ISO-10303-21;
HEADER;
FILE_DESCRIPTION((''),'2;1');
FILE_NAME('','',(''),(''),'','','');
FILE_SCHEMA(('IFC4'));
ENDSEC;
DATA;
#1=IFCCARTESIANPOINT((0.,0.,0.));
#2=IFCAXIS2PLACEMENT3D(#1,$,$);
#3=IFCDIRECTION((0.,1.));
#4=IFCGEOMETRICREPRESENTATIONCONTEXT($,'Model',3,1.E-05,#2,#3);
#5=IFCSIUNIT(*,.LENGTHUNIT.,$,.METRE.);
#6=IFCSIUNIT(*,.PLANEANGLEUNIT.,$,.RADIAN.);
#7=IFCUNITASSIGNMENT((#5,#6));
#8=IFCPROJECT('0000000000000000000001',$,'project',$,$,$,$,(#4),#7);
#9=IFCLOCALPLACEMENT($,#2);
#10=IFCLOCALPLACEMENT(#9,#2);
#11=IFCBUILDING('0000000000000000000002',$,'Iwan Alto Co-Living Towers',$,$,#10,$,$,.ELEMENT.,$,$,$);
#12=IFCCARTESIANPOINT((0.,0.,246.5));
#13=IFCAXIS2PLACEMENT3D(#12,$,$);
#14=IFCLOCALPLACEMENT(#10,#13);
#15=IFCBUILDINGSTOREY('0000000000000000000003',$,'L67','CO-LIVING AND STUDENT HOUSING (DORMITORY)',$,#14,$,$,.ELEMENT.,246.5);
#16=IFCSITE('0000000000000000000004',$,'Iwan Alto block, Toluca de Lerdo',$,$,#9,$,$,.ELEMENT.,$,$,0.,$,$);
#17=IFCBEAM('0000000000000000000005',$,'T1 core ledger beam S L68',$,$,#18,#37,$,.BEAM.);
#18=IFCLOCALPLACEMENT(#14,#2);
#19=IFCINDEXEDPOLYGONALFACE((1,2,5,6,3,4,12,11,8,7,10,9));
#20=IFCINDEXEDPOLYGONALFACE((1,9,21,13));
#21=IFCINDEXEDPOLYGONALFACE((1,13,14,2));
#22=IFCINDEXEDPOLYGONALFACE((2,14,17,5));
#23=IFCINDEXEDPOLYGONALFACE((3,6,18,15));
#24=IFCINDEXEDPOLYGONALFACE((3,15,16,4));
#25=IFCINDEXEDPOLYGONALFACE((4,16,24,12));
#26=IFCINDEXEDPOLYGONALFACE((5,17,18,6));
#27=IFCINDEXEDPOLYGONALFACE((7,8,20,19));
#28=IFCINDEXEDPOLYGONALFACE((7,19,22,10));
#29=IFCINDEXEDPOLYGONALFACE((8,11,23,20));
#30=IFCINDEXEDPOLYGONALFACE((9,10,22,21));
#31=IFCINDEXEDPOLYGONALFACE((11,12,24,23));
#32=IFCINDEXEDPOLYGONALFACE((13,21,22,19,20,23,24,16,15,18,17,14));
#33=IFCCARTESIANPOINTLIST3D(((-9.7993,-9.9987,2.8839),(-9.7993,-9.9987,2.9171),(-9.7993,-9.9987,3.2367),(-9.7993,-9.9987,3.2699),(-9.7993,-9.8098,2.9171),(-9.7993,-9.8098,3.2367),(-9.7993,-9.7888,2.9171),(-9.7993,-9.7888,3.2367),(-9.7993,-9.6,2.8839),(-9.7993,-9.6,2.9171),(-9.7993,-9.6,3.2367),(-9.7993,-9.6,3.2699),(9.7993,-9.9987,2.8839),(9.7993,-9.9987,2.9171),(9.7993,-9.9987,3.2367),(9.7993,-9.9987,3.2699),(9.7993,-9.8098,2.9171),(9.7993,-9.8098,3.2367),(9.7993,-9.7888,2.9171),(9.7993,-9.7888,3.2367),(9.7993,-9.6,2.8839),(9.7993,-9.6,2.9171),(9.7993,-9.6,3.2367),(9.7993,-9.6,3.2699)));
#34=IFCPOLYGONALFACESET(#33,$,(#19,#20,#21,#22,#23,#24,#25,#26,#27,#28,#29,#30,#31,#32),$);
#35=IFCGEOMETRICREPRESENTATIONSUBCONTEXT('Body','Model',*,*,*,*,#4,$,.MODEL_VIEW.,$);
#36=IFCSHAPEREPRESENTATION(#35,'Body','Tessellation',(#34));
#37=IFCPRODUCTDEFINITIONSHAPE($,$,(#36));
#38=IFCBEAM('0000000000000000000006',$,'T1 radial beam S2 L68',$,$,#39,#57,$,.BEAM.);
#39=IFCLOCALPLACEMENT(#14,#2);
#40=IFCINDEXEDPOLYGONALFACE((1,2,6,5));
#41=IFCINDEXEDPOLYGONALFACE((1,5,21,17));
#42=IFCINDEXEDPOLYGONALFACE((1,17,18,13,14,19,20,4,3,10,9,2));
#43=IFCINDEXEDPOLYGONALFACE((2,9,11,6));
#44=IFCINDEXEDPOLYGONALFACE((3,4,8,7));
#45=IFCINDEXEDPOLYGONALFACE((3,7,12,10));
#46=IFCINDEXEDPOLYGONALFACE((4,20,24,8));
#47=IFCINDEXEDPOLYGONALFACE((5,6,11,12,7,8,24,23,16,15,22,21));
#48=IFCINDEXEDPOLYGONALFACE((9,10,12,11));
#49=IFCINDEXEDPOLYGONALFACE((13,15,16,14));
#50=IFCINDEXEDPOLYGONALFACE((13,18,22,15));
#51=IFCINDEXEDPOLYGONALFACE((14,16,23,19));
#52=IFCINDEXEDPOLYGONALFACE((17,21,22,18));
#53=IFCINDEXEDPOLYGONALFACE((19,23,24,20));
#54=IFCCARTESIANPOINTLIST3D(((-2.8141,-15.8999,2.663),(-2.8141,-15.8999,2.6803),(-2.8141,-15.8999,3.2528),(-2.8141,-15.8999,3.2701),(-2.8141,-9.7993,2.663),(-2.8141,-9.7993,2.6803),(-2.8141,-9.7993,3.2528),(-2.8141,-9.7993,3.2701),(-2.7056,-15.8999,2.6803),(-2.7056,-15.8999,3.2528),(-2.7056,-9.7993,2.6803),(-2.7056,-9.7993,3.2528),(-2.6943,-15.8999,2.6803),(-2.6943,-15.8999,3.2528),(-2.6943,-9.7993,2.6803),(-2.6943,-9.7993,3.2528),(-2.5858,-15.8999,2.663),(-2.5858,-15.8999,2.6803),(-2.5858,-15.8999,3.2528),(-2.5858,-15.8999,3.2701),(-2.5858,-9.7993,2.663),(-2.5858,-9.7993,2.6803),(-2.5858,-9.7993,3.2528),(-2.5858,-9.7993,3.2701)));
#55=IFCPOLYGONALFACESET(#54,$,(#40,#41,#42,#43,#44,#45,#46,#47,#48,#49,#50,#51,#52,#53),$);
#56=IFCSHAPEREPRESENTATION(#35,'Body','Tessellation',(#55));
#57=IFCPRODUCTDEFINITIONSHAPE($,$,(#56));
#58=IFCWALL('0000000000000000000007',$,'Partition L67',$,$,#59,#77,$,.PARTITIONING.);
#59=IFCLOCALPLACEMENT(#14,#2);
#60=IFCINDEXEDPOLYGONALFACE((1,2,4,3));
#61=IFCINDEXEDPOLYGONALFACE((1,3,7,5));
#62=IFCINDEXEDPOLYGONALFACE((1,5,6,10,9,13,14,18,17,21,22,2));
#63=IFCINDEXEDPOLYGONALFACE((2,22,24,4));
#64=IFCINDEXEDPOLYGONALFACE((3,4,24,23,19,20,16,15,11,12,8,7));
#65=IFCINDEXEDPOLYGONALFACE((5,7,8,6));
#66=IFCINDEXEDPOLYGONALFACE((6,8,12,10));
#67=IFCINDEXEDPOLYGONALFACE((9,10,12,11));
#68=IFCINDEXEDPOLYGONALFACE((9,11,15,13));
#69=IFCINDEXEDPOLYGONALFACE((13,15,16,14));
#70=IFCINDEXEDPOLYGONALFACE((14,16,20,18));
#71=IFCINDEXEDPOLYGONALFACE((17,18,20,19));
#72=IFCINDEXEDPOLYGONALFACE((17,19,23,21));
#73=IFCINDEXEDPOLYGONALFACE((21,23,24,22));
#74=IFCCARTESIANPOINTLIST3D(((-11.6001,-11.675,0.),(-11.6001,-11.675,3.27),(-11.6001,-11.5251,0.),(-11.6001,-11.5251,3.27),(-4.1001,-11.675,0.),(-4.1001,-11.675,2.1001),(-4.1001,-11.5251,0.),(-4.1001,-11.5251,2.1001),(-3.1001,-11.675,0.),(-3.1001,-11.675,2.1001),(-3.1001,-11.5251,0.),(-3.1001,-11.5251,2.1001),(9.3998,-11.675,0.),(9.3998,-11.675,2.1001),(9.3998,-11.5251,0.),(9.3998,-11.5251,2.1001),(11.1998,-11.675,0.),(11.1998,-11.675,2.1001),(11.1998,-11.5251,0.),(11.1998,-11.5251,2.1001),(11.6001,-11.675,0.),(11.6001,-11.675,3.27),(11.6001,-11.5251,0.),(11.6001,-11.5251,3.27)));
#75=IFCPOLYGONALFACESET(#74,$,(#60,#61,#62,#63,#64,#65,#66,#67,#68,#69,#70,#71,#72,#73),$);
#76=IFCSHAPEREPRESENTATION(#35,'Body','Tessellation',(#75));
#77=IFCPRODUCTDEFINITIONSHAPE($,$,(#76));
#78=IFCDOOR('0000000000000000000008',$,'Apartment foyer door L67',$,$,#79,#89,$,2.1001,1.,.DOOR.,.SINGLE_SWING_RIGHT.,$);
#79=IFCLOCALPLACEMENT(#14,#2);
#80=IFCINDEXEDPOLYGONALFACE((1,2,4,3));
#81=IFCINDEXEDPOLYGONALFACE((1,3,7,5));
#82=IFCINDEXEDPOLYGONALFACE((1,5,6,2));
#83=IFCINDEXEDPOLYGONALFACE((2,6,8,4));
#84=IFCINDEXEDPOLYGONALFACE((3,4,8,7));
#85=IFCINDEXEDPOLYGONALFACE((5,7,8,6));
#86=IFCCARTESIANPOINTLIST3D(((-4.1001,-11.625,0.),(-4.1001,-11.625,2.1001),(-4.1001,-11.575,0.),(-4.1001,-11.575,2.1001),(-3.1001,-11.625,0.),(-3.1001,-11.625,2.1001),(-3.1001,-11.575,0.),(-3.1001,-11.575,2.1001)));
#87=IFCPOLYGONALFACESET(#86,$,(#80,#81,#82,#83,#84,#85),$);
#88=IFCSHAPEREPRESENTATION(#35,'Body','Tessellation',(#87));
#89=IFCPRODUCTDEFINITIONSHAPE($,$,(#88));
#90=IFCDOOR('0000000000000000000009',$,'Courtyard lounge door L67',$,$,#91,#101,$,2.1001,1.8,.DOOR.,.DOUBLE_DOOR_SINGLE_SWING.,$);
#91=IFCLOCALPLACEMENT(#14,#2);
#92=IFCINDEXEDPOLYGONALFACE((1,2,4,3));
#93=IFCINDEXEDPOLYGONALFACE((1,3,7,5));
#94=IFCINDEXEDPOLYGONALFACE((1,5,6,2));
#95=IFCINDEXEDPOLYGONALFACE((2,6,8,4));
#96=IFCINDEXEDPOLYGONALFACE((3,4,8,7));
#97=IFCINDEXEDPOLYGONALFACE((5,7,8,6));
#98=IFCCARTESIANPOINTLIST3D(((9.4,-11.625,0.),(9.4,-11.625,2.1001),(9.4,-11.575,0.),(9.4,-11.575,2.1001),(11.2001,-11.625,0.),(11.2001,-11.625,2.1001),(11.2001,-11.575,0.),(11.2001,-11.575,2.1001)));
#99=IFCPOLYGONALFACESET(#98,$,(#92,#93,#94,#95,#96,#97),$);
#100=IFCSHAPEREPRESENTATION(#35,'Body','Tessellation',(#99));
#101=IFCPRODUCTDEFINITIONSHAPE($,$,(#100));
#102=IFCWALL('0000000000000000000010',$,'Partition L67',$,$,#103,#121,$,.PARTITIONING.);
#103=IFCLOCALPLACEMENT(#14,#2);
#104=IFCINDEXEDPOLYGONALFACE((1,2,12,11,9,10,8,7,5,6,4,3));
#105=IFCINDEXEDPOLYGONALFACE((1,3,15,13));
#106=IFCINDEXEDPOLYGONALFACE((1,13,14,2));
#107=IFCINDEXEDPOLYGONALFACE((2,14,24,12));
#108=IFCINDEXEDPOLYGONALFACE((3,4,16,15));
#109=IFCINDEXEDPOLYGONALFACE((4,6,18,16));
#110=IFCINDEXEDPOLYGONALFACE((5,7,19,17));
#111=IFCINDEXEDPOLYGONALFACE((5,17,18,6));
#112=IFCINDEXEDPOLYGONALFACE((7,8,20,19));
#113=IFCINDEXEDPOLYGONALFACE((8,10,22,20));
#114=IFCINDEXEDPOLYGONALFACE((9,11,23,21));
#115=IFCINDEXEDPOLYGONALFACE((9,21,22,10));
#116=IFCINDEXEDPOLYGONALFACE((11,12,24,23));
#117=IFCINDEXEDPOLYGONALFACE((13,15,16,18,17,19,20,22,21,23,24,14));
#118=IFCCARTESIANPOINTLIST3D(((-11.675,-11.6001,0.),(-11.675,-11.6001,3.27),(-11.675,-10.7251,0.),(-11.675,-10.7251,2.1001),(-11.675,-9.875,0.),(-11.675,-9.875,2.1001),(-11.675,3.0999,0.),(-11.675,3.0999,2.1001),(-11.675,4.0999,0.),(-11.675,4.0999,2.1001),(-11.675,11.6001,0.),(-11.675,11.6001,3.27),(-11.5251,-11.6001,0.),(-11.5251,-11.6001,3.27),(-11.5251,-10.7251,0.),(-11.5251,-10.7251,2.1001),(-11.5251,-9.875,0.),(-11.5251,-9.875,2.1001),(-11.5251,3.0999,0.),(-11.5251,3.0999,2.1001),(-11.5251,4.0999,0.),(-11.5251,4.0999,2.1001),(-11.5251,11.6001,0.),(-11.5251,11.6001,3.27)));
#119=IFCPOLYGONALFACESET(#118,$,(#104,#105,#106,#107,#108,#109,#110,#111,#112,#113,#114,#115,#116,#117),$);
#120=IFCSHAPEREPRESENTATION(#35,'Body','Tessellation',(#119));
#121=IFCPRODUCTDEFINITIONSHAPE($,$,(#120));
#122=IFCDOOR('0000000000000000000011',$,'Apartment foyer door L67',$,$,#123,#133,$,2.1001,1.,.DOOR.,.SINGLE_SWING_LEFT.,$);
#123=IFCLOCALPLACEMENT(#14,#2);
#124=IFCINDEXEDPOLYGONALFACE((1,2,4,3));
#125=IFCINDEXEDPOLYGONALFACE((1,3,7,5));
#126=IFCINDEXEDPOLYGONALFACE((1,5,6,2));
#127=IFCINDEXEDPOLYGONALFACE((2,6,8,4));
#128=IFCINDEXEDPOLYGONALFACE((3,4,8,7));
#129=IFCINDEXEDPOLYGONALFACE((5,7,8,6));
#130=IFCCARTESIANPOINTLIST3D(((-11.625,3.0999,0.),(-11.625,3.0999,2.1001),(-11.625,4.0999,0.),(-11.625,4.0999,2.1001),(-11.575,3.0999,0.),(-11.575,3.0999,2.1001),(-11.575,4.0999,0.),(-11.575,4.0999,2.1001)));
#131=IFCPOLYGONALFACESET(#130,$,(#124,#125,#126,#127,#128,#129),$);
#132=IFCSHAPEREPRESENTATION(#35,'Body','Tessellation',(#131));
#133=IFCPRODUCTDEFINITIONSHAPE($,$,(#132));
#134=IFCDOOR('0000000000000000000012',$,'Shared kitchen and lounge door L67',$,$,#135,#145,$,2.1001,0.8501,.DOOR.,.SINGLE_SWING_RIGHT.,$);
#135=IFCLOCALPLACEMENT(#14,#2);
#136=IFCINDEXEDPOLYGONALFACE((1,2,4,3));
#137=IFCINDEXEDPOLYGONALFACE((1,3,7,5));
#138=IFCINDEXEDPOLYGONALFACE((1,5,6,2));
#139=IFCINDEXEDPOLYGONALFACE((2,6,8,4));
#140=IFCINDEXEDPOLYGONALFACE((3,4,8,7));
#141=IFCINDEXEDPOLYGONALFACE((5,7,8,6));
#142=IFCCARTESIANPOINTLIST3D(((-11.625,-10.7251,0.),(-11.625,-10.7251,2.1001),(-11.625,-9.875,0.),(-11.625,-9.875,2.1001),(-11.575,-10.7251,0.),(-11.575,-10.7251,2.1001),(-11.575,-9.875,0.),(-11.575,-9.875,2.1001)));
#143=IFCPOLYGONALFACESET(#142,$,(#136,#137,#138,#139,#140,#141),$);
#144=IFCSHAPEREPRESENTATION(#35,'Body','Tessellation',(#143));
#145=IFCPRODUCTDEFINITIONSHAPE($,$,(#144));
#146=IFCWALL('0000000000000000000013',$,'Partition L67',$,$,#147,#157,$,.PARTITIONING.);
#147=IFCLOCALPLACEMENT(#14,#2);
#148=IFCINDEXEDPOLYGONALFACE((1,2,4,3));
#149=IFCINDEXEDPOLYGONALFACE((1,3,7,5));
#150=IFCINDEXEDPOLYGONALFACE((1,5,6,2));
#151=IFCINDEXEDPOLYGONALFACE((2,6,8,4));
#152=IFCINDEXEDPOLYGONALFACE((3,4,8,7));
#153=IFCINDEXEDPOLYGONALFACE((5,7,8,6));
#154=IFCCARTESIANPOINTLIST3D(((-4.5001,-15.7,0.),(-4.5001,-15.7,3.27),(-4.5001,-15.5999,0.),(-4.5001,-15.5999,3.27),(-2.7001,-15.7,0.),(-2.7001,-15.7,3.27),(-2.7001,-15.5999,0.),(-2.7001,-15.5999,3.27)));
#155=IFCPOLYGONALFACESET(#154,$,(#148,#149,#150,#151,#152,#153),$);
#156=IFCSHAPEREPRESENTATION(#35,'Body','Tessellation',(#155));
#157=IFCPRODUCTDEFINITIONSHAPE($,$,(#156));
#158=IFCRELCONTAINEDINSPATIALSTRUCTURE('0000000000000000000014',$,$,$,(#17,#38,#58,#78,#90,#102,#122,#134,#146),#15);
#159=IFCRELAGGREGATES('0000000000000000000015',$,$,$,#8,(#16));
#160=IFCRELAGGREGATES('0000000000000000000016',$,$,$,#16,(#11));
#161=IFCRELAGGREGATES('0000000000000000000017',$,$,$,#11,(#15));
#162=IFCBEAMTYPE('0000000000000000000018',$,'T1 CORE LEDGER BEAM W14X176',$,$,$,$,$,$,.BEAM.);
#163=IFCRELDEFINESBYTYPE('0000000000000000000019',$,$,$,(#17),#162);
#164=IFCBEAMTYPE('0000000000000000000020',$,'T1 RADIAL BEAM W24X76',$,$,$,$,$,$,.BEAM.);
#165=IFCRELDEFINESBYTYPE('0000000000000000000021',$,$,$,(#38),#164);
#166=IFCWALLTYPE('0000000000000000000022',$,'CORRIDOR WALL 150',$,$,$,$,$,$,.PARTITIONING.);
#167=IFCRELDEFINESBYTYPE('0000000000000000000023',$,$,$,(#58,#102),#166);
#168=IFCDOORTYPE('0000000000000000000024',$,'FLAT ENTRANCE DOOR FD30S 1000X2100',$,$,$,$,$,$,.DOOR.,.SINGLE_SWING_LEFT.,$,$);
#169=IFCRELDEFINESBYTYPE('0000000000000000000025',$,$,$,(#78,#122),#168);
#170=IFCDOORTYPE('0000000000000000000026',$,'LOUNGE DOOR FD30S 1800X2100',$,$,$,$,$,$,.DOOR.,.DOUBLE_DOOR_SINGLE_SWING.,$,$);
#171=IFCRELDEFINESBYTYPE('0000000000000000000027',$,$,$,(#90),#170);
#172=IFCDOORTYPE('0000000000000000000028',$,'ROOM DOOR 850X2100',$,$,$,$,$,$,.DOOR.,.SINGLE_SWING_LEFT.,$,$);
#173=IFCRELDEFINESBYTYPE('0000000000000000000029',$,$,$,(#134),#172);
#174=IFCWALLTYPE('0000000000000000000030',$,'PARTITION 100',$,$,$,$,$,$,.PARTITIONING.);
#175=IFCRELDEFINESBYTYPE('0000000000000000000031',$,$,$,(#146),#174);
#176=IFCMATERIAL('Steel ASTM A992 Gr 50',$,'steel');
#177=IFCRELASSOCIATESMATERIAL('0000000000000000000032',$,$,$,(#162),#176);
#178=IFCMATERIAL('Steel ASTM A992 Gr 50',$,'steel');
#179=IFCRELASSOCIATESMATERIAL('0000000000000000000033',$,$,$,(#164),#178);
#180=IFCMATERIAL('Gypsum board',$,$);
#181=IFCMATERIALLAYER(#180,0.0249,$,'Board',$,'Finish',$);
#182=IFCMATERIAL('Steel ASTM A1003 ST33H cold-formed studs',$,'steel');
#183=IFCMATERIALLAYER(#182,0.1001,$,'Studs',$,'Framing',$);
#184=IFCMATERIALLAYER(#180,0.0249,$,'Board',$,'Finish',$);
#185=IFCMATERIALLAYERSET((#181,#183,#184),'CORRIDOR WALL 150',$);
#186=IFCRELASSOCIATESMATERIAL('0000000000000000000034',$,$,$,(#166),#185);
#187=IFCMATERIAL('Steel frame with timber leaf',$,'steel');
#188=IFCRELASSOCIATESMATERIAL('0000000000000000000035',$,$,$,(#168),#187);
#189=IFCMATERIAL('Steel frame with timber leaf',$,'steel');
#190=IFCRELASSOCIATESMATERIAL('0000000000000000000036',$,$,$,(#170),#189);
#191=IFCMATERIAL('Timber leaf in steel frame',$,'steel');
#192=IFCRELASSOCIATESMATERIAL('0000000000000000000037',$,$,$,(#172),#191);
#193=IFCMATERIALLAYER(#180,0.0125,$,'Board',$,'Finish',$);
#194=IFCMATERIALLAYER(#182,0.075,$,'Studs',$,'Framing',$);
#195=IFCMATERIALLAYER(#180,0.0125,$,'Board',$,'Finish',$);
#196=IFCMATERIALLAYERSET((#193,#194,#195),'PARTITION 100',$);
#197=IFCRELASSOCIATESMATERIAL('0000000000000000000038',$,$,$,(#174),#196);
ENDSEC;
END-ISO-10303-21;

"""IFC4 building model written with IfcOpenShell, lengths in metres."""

from ifc_helpers import new_model, si_unit, direction, frame, frame_2d, origin, origin_2d, place, context, subcontext, project, spatial, rectangle, i_section, extrude, material, layer, layer_set, material_profile, profile_set, type_object, element, fill, save


model = new_model("IFC4")

# Units and contexts
model_context = context("Model", 3, precision=1e-05, world=origin(), true_north=direction((0.0, 1.0)))
body_context = subcontext(model_context, "Body", "Model", "MODEL_VIEW")
ifc_project = project(units=[si_unit("LENGTHUNIT", "METRE"), si_unit("PLANEANGLEUNIT", "RADIAN")], contexts=[model_context])

# Site, building, storey
site_placement = place(None, origin())
site = spatial("IfcSite", under=ifc_project, at=site_placement, Name="Iwan Alto block, Toluca de Lerdo", CompositionType="ELEMENT", RefElevation=0.0)
building_placement = place(site_placement, origin())
building = spatial("IfcBuilding", under=site, at=building_placement, Name="Iwan Alto Co-Living Towers", CompositionType="ELEMENT")
storey_placement = place(building_placement, frame((0.0, 0.0, 246.5)))
storey = spatial("IfcBuildingStorey", under=building, at=storey_placement, Name="L67", Description="CO-LIVING AND STUDENT HOUSING (DORMITORY)", CompositionType="ELEMENT", Elevation=246.5)

# Beams
ifc_material_1 = material(Name="Steel ASTM A992 Gr 50", Category="steel")
ifc_material_profile_1 = material_profile(ifc_material_1, i_section(OverallWidth=0.3987, OverallDepth=0.386, WebThickness=0.021, FlangeThickness=0.0332, at=origin_2d()), Name="W14X176")
ifc_profile_set_1 = profile_set([ifc_material_profile_1], Name="Steel ASTM A992 Gr 50")
beam_type_1 = type_object("IfcBeamType", Name="T1 CORE LEDGER BEAM W14X176", PredefinedType="BEAM", material=ifc_profile_set_1)
beam_1_placement = place(storey_placement, frame((-9.7993, -9.7993, 3.0769), z_axis=(1.0, 0.0, 0.0), x_axis=(0.0, 1.0, 0.0)))
element("IfcBeam", 1, at=beam_1_placement, inside=storey, type_object=beam_type_1, Name="T1 core ledger beam S L68", PredefinedType="BEAM", context=body_context, shape_type="SweptSolid", body=[
    extrude(i_section(OverallWidth=0.3987, OverallDepth=0.386, WebThickness=0.021, FlangeThickness=0.0332, at=origin_2d()), origin(), (0.0, 0.0, 1.0), 19.5986),
])
ifc_material_2 = material(Name="Steel ASTM A992 Gr 50", Category="steel")
ifc_material_profile_2 = material_profile(ifc_material_2, i_section(OverallWidth=0.2283, OverallDepth=0.6072, WebThickness=0.0112, FlangeThickness=0.0173, at=origin_2d()), Name="W24X76")
ifc_profile_set_2 = profile_set([ifc_material_profile_2], Name="Steel ASTM A992 Gr 50")
beam_type_2 = type_object("IfcBeamType", Name="T1 RADIAL BEAM W24X76", PredefinedType="BEAM", material=ifc_profile_set_2)
beam_2_placement = place(storey_placement, frame((-2.7, -15.8999, 2.9666), z_axis=(0.0, 1.0, 0.0), x_axis=(-1.0, 0.0, 0.0)))
element("IfcBeam", 2, at=beam_2_placement, inside=storey, type_object=beam_type_2, Name="T1 radial beam S2 L68", PredefinedType="BEAM", context=body_context, shape_type="SweptSolid", body=[
    extrude(i_section(OverallWidth=0.2283, OverallDepth=0.6072, WebThickness=0.0112, FlangeThickness=0.0173, at=origin_2d()), origin(), (0.0, 0.0, 1.0), 6.1006),
])

# Walls, openings, doors
ifc_material_3 = material(Name="Gypsum board")
ifc_layer_1 = layer(ifc_material_3, 0.0249, Name="Board", Category="Finish")
ifc_material_4 = material(Name="Steel ASTM A1003 ST33H cold-formed studs", Category="steel")
ifc_layer_2 = layer(ifc_material_4, 0.1001, Name="Studs", Category="Framing")
ifc_layer_3 = layer(ifc_material_3, 0.0249, Name="Board", Category="Finish")
ifc_layer_set_1 = layer_set([ifc_layer_1, ifc_layer_2, ifc_layer_3], Name="CORRIDOR WALL 150")
wall_type_1 = type_object("IfcWallType", Name="CORRIDOR WALL 150", PredefinedType="PARTITIONING", material=ifc_layer_set_1)
wall_1_placement = place(storey_placement, frame((-11.6001, -11.6001, 0.0), z_axis=(0.0, 0.0, 1.0), x_axis=(1.0, 0.0, 0.0)))
wall_1 = element("IfcWall", 3, at=wall_1_placement, inside=storey, type_object=wall_type_1, Name="Partition L67", PredefinedType="PARTITIONING", context=body_context, shape_type="SweptSolid", body=[
    extrude(rectangle(XDim=23.2002, YDim=0.1499, at=frame_2d((11.6001, 0.0))), origin(), (0.0, 0.0, 1.0), 3.27),
])
opening_1_placement = place(wall_1_placement, frame((7.5, 0.0, 0.0)))
opening_1 = element("IfcOpeningElement", 4, at=opening_1_placement, cuts=wall_1, PredefinedType="OPENING", context=body_context, shape_type="SweptSolid", body=[
    extrude(rectangle(XDim=1.0, YDim=2.1001, at=frame_2d((0.5, 1.05))), frame((0.0, 0.085, 0.0), z_axis=(0.0, -1.0, 0.0), x_axis=(1.0, 0.0, 0.0)), (0.0, 0.0, 1.0), 0.1699),
])
opening_2_placement = place(wall_1_placement, frame((21.0, 0.0, 0.0)))
opening_2 = element("IfcOpeningElement", 5, at=opening_2_placement, cuts=wall_1, PredefinedType="OPENING", context=body_context, shape_type="SweptSolid", body=[
    extrude(rectangle(XDim=1.8, YDim=2.1001, at=frame_2d((0.8999, 1.05))), frame((0.0, 0.085, 0.0), z_axis=(0.0, -1.0, 0.0), x_axis=(1.0, 0.0, 0.0)), (0.0, 0.0, 1.0), 0.1699),
])
ifc_material_5 = material(Name="Steel frame with timber leaf", Category="steel")
door_type_1 = type_object("IfcDoorType", Name="FLAT ENTRANCE DOOR FD30S 1000X2100", OperationType="SINGLE_SWING_LEFT", PredefinedType="DOOR", material=ifc_material_5)
door_1_placement = place(opening_1_placement, frame((1.0, 0.0, 0.0), z_axis=(0.0, 0.0, 1.0), x_axis=(-1.0, 0.0, 0.0)))
door_1 = element("IfcDoor", 6, at=door_1_placement, inside=storey, type_object=door_type_1, Name="Apartment foyer door L67", OperationType="SINGLE_SWING_RIGHT", OverallHeight=2.1001, OverallWidth=1.0, PredefinedType="DOOR", context=body_context, shape_type="SweptSolid", body=[
    extrude(rectangle(XDim=1.0, YDim=2.1001, at=frame_2d((0.5, 1.05))), frame((0.0, 0.0249, 0.0), z_axis=(0.0, -1.0, 0.0), x_axis=(1.0, 0.0, 0.0)), (0.0, 0.0, 1.0), 0.05),
])
fill(opening_1, door_1)
ifc_material_6 = material(Name="Steel frame with timber leaf", Category="steel")
door_type_2 = type_object("IfcDoorType", Name="LOUNGE DOOR FD30S 1800X2100", OperationType="DOUBLE_DOOR_SINGLE_SWING", PredefinedType="DOOR", material=ifc_material_6)
door_2_placement = place(opening_2_placement, frame((1.8, 0.0, 0.0), z_axis=(0.0, 0.0, 1.0), x_axis=(-1.0, 0.0, 0.0)))
door_2 = element("IfcDoor", 7, at=door_2_placement, inside=storey, type_object=door_type_2, Name="Courtyard lounge door L67", OperationType="DOUBLE_DOOR_SINGLE_SWING", OverallHeight=2.1001, OverallWidth=1.8, PredefinedType="DOOR", context=body_context, shape_type="SweptSolid", body=[
    extrude(rectangle(XDim=1.8, YDim=2.1001, at=frame_2d((0.8999, 1.05))), frame((0.0, 0.0249, 0.0), z_axis=(0.0, -1.0, 0.0), x_axis=(1.0, 0.0, 0.0)), (0.0, 0.0, 1.0), 0.05),
])
fill(opening_2, door_2)
wall_2_placement = place(storey_placement, frame((-11.6001, -11.6001, 0.0), z_axis=(0.0, 0.0, 1.0), x_axis=(0.0, 1.0, 0.0)))
wall_2 = element("IfcWall", 8, at=wall_2_placement, inside=storey, type_object=wall_type_1, Name="Partition L67", PredefinedType="PARTITIONING", context=body_context, shape_type="SweptSolid", body=[
    extrude(rectangle(XDim=23.2002, YDim=0.1499, at=frame_2d((11.6001, 0.0))), origin(), (0.0, 0.0, 1.0), 3.27),
])
opening_3_placement = place(wall_2_placement, frame((14.7, 0.0, 0.0)))
opening_3 = element("IfcOpeningElement", 9, at=opening_3_placement, cuts=wall_2, PredefinedType="OPENING", context=body_context, shape_type="SweptSolid", body=[
    extrude(rectangle(XDim=1.0, YDim=2.1001, at=frame_2d((0.5, 1.05))), frame((0.0, 0.085, 0.0), z_axis=(0.0, -1.0, 0.0), x_axis=(1.0, 0.0, 0.0)), (0.0, 0.0, 1.0), 0.1699),
])
opening_4_placement = place(wall_2_placement, frame((0.875, 0.0, 0.0)))
opening_4 = element("IfcOpeningElement", 10, at=opening_4_placement, cuts=wall_2, PredefinedType="OPENING", context=body_context, shape_type="SweptSolid", body=[
    extrude(rectangle(XDim=0.8501, YDim=2.1001, at=frame_2d((0.425, 1.05))), frame((0.0, 0.085, 0.0), z_axis=(0.0, -1.0, 0.0), x_axis=(1.0, 0.0, 0.0)), (0.0, 0.0, 1.0), 0.1699),
])
door_3_placement = place(opening_3_placement, origin())
door_3 = element("IfcDoor", 11, at=door_3_placement, inside=storey, type_object=door_type_1, Name="Apartment foyer door L67", OperationType="SINGLE_SWING_LEFT", OverallHeight=2.1001, OverallWidth=1.0, PredefinedType="DOOR", context=body_context, shape_type="SweptSolid", body=[
    extrude(rectangle(XDim=1.0, YDim=2.1001, at=frame_2d((0.5, 1.05))), frame((0.0, 0.0249, 0.0), z_axis=(0.0, -1.0, 0.0), x_axis=(1.0, 0.0, 0.0)), (0.0, 0.0, 1.0), 0.05),
])
fill(opening_3, door_3)
ifc_material_7 = material(Name="Timber leaf in steel frame", Category="steel")
door_type_3 = type_object("IfcDoorType", Name="ROOM DOOR 850X2100", OperationType="SINGLE_SWING_LEFT", PredefinedType="DOOR", material=ifc_material_7)
door_4_placement = place(opening_4_placement, origin())
door_4 = element("IfcDoor", 12, at=door_4_placement, inside=storey, type_object=door_type_3, Name="Shared kitchen and lounge door L67", OperationType="SINGLE_SWING_RIGHT", OverallHeight=2.1001, OverallWidth=0.8501, PredefinedType="DOOR", context=body_context, shape_type="SweptSolid", body=[
    extrude(rectangle(XDim=0.8501, YDim=2.1001, at=frame_2d((0.425, 1.05))), frame((0.0, 0.0249, 0.0), z_axis=(0.0, -1.0, 0.0), x_axis=(1.0, 0.0, 0.0)), (0.0, 0.0, 1.0), 0.05),
])
fill(opening_4, door_4)

# Wall
ifc_layer_4 = layer(ifc_material_3, 0.0125, Name="Board", Category="Finish")
ifc_layer_5 = layer(ifc_material_4, 0.075, Name="Studs", Category="Framing")
ifc_layer_6 = layer(ifc_material_3, 0.0125, Name="Board", Category="Finish")
ifc_layer_set_2 = layer_set([ifc_layer_4, ifc_layer_5, ifc_layer_6], Name="PARTITION 100")
wall_type_2 = type_object("IfcWallType", Name="PARTITION 100", PredefinedType="PARTITIONING", material=ifc_layer_set_2)
wall_3_placement = place(storey_placement, frame((-4.5, -15.6499, 0.0), z_axis=(0.0, 0.0, 1.0), x_axis=(1.0, 0.0, 0.0)))
element("IfcWall", 13, at=wall_3_placement, inside=storey, type_object=wall_type_2, Name="Partition L67", PredefinedType="PARTITIONING", context=body_context, shape_type="SweptSolid", body=[
    extrude(rectangle(XDim=1.8, YDim=0.1001, at=frame_2d((0.8999, 0.0))), origin(), (0.0, 0.0, 1.0), 3.27),
])

save(model, "model.ifc")
